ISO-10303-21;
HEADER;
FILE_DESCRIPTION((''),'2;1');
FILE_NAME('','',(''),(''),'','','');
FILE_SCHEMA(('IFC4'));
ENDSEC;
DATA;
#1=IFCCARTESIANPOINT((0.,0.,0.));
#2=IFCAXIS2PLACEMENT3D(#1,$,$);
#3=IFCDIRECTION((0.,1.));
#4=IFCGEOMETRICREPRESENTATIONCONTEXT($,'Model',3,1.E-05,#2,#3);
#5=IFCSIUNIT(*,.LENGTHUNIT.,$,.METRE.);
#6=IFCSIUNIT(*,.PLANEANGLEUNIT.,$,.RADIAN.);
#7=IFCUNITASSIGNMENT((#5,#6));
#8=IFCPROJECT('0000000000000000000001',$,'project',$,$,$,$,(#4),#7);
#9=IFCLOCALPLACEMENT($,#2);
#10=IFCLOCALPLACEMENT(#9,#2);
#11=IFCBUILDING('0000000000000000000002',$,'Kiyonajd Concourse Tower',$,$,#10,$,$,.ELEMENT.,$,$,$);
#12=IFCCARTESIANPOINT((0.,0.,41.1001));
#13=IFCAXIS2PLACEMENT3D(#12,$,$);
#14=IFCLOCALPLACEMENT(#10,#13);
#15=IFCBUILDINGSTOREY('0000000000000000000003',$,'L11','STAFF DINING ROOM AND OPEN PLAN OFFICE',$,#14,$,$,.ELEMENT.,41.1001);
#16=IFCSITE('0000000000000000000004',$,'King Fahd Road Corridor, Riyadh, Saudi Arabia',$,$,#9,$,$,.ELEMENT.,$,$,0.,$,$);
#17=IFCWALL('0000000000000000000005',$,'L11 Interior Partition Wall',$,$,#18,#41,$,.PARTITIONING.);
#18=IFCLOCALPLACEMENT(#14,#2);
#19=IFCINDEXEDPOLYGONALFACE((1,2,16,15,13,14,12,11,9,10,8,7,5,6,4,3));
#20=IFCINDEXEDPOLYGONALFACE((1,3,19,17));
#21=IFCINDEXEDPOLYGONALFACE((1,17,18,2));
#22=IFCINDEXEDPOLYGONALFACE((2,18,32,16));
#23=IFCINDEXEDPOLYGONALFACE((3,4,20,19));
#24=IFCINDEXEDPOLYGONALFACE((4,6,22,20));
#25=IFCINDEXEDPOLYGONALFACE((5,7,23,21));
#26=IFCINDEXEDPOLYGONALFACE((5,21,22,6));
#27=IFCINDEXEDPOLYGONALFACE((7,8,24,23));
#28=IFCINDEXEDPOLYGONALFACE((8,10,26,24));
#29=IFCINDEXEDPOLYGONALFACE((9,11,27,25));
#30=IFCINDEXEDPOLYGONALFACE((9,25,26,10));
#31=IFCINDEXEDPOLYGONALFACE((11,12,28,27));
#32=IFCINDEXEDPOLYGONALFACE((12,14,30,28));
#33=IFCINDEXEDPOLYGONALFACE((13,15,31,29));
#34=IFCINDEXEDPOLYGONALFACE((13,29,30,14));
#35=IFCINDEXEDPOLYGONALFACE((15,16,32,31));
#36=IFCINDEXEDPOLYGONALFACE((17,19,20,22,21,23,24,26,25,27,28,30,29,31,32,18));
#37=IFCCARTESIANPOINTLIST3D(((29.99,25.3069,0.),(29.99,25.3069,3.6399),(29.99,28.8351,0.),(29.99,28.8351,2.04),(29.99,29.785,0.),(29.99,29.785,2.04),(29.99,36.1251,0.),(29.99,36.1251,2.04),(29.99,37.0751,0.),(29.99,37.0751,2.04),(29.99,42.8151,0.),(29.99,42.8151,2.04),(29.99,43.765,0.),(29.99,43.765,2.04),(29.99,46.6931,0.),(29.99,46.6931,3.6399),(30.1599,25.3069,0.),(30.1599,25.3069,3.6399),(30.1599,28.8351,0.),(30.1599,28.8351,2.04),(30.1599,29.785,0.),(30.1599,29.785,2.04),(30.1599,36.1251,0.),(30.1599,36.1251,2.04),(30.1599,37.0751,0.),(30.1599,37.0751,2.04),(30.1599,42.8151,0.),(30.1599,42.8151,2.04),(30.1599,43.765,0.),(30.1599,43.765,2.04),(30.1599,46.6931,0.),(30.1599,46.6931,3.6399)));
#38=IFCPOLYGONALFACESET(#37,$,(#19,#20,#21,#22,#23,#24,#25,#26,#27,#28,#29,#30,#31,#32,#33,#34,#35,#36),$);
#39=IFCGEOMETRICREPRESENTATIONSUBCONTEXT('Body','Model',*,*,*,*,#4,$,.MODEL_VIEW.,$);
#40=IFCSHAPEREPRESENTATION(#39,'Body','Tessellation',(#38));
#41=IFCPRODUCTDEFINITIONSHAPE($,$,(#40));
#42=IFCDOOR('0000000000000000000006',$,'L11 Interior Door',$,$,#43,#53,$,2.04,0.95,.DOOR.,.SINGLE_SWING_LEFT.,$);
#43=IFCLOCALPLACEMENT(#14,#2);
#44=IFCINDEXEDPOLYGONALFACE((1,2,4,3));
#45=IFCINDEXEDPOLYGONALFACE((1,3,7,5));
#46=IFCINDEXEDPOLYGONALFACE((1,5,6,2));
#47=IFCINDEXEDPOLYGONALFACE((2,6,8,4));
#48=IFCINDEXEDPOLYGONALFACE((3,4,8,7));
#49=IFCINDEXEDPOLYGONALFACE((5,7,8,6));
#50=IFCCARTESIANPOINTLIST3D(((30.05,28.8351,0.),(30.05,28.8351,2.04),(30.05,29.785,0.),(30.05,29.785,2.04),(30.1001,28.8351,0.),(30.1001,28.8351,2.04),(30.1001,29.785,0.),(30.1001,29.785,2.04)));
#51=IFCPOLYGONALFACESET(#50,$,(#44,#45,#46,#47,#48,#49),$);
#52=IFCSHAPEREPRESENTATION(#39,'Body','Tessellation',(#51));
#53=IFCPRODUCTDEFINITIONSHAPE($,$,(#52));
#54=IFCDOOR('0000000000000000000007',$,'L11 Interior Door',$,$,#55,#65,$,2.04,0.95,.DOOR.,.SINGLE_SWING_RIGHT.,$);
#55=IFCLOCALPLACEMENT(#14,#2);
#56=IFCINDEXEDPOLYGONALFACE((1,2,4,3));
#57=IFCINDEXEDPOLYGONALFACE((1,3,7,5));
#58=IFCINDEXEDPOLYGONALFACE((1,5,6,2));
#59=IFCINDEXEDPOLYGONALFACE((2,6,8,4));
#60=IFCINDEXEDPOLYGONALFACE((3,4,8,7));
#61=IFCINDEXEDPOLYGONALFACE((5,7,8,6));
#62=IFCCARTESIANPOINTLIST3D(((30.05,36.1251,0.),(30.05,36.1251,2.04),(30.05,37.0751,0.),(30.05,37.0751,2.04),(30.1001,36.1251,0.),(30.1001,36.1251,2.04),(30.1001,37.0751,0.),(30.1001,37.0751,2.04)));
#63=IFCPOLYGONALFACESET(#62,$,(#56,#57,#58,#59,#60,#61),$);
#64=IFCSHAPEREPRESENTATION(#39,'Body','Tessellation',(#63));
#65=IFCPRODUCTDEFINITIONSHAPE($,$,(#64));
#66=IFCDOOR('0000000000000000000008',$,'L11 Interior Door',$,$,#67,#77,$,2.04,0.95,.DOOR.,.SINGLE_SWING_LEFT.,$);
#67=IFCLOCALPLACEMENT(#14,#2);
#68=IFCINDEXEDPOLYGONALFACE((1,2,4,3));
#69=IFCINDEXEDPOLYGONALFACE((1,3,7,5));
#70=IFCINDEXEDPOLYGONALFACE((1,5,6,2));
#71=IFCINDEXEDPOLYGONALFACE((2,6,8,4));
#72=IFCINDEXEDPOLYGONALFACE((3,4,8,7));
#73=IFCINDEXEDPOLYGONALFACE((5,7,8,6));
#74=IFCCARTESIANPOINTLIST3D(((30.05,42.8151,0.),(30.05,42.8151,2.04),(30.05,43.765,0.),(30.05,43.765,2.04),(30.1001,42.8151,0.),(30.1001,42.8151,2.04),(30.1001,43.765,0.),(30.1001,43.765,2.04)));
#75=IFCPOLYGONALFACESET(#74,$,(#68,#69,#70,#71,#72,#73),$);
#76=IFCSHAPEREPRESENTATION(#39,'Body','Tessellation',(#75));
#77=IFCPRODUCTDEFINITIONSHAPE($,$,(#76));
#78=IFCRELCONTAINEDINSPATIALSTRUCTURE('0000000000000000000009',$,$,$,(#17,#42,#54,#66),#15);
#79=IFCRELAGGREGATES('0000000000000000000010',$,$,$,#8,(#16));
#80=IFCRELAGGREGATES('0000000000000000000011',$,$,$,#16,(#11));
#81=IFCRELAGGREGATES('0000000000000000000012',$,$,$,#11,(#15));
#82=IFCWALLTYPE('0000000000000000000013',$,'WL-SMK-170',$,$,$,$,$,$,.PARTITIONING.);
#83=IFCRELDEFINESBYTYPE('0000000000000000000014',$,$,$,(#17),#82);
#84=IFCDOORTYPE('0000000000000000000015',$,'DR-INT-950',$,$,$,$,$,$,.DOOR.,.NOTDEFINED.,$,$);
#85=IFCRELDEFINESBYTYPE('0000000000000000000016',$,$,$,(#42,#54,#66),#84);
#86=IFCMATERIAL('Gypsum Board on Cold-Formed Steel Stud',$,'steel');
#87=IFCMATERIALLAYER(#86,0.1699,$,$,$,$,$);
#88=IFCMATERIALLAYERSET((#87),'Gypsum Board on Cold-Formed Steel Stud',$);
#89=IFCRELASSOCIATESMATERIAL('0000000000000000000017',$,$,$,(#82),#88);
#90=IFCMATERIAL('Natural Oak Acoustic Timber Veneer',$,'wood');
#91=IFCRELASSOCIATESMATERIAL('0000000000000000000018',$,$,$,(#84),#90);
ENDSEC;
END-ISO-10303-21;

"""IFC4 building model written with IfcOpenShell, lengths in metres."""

from ifc_helpers import new_model, si_unit, direction, frame, frame_2d, origin, place, context, subcontext, project, spatial, rectangle, extrude, material, layer, layer_set, type_object, element, fill, save


model = new_model("IFC4")

# Units and contexts
model_context = context("Model", 3, precision=1e-05, world=origin(), true_north=direction((0.0, 1.0)))
body_context = subcontext(model_context, "Body", "Model", "MODEL_VIEW")
ifc_project = project(units=[si_unit("LENGTHUNIT", "METRE"), si_unit("PLANEANGLEUNIT", "RADIAN")], contexts=[model_context])

# Site, building, storey
site_placement = place(None, origin())
site = spatial("IfcSite", under=ifc_project, at=site_placement, Name="King Fahd Road Corridor, Riyadh, Saudi Arabia", CompositionType="ELEMENT", RefElevation=0.0)
building_placement = place(site_placement, origin())
building = spatial("IfcBuilding", under=site, at=building_placement, Name="Kiyonajd Concourse Tower", CompositionType="ELEMENT")
storey_placement = place(building_placement, frame((0.0, 0.0, 41.1001)))
storey = spatial("IfcBuildingStorey", under=building, at=storey_placement, Name="L11", Description="STAFF DINING ROOM AND OPEN PLAN OFFICE", CompositionType="ELEMENT", Elevation=41.1001)

# Shared definitions
ifc_material_1 = material(Name="Gypsum Board on Cold-Formed Steel Stud", Category="steel")

# Wall, openings, doors
ifc_layer_1 = layer(ifc_material_1, 0.1699)
ifc_layer_set_1 = layer_set([ifc_layer_1], Name="Gypsum Board on Cold-Formed Steel Stud")
wall_type_1 = type_object("IfcWallType", Name="WL-SMK-170", PredefinedType="PARTITIONING", material=ifc_layer_set_1)
ifc_material_2 = material(Name="Natural Oak Acoustic Timber Veneer", Category="wood")
door_type_1 = type_object("IfcDoorType", Name="DR-INT-950", OperationType="NOTDEFINED", PredefinedType="DOOR", material=ifc_material_2)
wall_1_placement = place(storey_placement, frame((30.075, 25.3069, 0.0), z_axis=(0.0, 0.0, 1.0), x_axis=(0.0, 1.0, 0.0)))
wall_1 = element("IfcWall", 1, at=wall_1_placement, inside=storey, type_object=wall_type_1, Name="L11 Interior Partition Wall", PredefinedType="PARTITIONING", context=body_context, shape_type="SweptSolid", body=[
    extrude(rectangle(XDim=21.3862, YDim=0.1699, at=frame_2d((10.6931, 0.0))), origin(), (0.0, 0.0, 1.0), 3.6399),
])
opening_1_placement = place(wall_1_placement, frame((3.5281, 0.0, 0.0)))
opening_1 = element("IfcOpeningElement", 2, at=opening_1_placement, cuts=wall_1, PredefinedType="OPENING", context=body_context, shape_type="SweptSolid", body=[
    extrude(rectangle(XDim=0.95, YDim=2.04, at=frame_2d((0.4751, 1.02))), frame((0.0, 0.095, 0.0), z_axis=(0.0, -1.0, 0.0), x_axis=(1.0, 0.0, 0.0)), (0.0, 0.0, 1.0), 0.1899),
])
opening_2_placement = place(wall_1_placement, frame((10.8181, 0.0, 0.0)))
opening_2 = element("IfcOpeningElement", 3, at=opening_2_placement, cuts=wall_1, PredefinedType="OPENING", context=body_context, shape_type="SweptSolid", body=[
    extrude(rectangle(XDim=0.95, YDim=2.04, at=frame_2d((0.4751, 1.02))), frame((0.0, 0.095, 0.0), z_axis=(0.0, -1.0, 0.0), x_axis=(1.0, 0.0, 0.0)), (0.0, 0.0, 1.0), 0.1899),
])
opening_3_placement = place(wall_1_placement, frame((17.5081, 0.0, 0.0)))
opening_3 = element("IfcOpeningElement", 4, at=opening_3_placement, cuts=wall_1, PredefinedType="OPENING", context=body_context, shape_type="SweptSolid", body=[
    extrude(rectangle(XDim=0.95, YDim=2.04, at=frame_2d((0.4751, 1.02))), frame((0.0, 0.095, 0.0), z_axis=(0.0, -1.0, 0.0), x_axis=(1.0, 0.0, 0.0)), (0.0, 0.0, 1.0), 0.1899),
])
door_1_placement = place(opening_1_placement, origin())
door_1 = element("IfcDoor", 5, at=door_1_placement, inside=storey, type_object=door_type_1, Name="L11 Interior Door", OperationType="SINGLE_SWING_LEFT", OverallHeight=2.04, OverallWidth=0.95, PredefinedType="DOOR", context=body_context, shape_type="SweptSolid", body=[
    extrude(rectangle(XDim=0.95, YDim=2.04, at=frame_2d((0.4751, 1.02))), frame((0.0, 0.0249, 0.0), z_axis=(0.0, -1.0, 0.0), x_axis=(1.0, 0.0, 0.0)), (0.0, 0.0, 1.0), 0.05),
])
fill(opening_1, door_1)
door_2_placement = place(opening_2_placement, origin())
door_2 = element("IfcDoor", 6, at=door_2_placement, inside=storey, type_object=door_type_1, Name="L11 Interior Door", OperationType="SINGLE_SWING_RIGHT", OverallHeight=2.04, OverallWidth=0.95, PredefinedType="DOOR", context=body_context, shape_type="SweptSolid", body=[
    extrude(rectangle(XDim=0.95, YDim=2.04, at=frame_2d((0.4751, 1.02))), frame((0.0, 0.0249, 0.0), z_axis=(0.0, -1.0, 0.0), x_axis=(1.0, 0.0, 0.0)), (0.0, 0.0, 1.0), 0.05),
])
fill(opening_2, door_2)
door_3_placement = place(opening_3_placement, origin())
door_3 = element("IfcDoor", 7, at=door_3_placement, inside=storey, type_object=door_type_1, Name="L11 Interior Door", OperationType="SINGLE_SWING_LEFT", OverallHeight=2.04, OverallWidth=0.95, PredefinedType="DOOR", context=body_context, shape_type="SweptSolid", body=[
    extrude(rectangle(XDim=0.95, YDim=2.04, at=frame_2d((0.4751, 1.02))), frame((0.0, 0.0249, 0.0), z_axis=(0.0, -1.0, 0.0), x_axis=(1.0, 0.0, 0.0)), (0.0, 0.0, 1.0), 0.05),
])
fill(opening_3, door_3)

save(model, "model.ifc")
